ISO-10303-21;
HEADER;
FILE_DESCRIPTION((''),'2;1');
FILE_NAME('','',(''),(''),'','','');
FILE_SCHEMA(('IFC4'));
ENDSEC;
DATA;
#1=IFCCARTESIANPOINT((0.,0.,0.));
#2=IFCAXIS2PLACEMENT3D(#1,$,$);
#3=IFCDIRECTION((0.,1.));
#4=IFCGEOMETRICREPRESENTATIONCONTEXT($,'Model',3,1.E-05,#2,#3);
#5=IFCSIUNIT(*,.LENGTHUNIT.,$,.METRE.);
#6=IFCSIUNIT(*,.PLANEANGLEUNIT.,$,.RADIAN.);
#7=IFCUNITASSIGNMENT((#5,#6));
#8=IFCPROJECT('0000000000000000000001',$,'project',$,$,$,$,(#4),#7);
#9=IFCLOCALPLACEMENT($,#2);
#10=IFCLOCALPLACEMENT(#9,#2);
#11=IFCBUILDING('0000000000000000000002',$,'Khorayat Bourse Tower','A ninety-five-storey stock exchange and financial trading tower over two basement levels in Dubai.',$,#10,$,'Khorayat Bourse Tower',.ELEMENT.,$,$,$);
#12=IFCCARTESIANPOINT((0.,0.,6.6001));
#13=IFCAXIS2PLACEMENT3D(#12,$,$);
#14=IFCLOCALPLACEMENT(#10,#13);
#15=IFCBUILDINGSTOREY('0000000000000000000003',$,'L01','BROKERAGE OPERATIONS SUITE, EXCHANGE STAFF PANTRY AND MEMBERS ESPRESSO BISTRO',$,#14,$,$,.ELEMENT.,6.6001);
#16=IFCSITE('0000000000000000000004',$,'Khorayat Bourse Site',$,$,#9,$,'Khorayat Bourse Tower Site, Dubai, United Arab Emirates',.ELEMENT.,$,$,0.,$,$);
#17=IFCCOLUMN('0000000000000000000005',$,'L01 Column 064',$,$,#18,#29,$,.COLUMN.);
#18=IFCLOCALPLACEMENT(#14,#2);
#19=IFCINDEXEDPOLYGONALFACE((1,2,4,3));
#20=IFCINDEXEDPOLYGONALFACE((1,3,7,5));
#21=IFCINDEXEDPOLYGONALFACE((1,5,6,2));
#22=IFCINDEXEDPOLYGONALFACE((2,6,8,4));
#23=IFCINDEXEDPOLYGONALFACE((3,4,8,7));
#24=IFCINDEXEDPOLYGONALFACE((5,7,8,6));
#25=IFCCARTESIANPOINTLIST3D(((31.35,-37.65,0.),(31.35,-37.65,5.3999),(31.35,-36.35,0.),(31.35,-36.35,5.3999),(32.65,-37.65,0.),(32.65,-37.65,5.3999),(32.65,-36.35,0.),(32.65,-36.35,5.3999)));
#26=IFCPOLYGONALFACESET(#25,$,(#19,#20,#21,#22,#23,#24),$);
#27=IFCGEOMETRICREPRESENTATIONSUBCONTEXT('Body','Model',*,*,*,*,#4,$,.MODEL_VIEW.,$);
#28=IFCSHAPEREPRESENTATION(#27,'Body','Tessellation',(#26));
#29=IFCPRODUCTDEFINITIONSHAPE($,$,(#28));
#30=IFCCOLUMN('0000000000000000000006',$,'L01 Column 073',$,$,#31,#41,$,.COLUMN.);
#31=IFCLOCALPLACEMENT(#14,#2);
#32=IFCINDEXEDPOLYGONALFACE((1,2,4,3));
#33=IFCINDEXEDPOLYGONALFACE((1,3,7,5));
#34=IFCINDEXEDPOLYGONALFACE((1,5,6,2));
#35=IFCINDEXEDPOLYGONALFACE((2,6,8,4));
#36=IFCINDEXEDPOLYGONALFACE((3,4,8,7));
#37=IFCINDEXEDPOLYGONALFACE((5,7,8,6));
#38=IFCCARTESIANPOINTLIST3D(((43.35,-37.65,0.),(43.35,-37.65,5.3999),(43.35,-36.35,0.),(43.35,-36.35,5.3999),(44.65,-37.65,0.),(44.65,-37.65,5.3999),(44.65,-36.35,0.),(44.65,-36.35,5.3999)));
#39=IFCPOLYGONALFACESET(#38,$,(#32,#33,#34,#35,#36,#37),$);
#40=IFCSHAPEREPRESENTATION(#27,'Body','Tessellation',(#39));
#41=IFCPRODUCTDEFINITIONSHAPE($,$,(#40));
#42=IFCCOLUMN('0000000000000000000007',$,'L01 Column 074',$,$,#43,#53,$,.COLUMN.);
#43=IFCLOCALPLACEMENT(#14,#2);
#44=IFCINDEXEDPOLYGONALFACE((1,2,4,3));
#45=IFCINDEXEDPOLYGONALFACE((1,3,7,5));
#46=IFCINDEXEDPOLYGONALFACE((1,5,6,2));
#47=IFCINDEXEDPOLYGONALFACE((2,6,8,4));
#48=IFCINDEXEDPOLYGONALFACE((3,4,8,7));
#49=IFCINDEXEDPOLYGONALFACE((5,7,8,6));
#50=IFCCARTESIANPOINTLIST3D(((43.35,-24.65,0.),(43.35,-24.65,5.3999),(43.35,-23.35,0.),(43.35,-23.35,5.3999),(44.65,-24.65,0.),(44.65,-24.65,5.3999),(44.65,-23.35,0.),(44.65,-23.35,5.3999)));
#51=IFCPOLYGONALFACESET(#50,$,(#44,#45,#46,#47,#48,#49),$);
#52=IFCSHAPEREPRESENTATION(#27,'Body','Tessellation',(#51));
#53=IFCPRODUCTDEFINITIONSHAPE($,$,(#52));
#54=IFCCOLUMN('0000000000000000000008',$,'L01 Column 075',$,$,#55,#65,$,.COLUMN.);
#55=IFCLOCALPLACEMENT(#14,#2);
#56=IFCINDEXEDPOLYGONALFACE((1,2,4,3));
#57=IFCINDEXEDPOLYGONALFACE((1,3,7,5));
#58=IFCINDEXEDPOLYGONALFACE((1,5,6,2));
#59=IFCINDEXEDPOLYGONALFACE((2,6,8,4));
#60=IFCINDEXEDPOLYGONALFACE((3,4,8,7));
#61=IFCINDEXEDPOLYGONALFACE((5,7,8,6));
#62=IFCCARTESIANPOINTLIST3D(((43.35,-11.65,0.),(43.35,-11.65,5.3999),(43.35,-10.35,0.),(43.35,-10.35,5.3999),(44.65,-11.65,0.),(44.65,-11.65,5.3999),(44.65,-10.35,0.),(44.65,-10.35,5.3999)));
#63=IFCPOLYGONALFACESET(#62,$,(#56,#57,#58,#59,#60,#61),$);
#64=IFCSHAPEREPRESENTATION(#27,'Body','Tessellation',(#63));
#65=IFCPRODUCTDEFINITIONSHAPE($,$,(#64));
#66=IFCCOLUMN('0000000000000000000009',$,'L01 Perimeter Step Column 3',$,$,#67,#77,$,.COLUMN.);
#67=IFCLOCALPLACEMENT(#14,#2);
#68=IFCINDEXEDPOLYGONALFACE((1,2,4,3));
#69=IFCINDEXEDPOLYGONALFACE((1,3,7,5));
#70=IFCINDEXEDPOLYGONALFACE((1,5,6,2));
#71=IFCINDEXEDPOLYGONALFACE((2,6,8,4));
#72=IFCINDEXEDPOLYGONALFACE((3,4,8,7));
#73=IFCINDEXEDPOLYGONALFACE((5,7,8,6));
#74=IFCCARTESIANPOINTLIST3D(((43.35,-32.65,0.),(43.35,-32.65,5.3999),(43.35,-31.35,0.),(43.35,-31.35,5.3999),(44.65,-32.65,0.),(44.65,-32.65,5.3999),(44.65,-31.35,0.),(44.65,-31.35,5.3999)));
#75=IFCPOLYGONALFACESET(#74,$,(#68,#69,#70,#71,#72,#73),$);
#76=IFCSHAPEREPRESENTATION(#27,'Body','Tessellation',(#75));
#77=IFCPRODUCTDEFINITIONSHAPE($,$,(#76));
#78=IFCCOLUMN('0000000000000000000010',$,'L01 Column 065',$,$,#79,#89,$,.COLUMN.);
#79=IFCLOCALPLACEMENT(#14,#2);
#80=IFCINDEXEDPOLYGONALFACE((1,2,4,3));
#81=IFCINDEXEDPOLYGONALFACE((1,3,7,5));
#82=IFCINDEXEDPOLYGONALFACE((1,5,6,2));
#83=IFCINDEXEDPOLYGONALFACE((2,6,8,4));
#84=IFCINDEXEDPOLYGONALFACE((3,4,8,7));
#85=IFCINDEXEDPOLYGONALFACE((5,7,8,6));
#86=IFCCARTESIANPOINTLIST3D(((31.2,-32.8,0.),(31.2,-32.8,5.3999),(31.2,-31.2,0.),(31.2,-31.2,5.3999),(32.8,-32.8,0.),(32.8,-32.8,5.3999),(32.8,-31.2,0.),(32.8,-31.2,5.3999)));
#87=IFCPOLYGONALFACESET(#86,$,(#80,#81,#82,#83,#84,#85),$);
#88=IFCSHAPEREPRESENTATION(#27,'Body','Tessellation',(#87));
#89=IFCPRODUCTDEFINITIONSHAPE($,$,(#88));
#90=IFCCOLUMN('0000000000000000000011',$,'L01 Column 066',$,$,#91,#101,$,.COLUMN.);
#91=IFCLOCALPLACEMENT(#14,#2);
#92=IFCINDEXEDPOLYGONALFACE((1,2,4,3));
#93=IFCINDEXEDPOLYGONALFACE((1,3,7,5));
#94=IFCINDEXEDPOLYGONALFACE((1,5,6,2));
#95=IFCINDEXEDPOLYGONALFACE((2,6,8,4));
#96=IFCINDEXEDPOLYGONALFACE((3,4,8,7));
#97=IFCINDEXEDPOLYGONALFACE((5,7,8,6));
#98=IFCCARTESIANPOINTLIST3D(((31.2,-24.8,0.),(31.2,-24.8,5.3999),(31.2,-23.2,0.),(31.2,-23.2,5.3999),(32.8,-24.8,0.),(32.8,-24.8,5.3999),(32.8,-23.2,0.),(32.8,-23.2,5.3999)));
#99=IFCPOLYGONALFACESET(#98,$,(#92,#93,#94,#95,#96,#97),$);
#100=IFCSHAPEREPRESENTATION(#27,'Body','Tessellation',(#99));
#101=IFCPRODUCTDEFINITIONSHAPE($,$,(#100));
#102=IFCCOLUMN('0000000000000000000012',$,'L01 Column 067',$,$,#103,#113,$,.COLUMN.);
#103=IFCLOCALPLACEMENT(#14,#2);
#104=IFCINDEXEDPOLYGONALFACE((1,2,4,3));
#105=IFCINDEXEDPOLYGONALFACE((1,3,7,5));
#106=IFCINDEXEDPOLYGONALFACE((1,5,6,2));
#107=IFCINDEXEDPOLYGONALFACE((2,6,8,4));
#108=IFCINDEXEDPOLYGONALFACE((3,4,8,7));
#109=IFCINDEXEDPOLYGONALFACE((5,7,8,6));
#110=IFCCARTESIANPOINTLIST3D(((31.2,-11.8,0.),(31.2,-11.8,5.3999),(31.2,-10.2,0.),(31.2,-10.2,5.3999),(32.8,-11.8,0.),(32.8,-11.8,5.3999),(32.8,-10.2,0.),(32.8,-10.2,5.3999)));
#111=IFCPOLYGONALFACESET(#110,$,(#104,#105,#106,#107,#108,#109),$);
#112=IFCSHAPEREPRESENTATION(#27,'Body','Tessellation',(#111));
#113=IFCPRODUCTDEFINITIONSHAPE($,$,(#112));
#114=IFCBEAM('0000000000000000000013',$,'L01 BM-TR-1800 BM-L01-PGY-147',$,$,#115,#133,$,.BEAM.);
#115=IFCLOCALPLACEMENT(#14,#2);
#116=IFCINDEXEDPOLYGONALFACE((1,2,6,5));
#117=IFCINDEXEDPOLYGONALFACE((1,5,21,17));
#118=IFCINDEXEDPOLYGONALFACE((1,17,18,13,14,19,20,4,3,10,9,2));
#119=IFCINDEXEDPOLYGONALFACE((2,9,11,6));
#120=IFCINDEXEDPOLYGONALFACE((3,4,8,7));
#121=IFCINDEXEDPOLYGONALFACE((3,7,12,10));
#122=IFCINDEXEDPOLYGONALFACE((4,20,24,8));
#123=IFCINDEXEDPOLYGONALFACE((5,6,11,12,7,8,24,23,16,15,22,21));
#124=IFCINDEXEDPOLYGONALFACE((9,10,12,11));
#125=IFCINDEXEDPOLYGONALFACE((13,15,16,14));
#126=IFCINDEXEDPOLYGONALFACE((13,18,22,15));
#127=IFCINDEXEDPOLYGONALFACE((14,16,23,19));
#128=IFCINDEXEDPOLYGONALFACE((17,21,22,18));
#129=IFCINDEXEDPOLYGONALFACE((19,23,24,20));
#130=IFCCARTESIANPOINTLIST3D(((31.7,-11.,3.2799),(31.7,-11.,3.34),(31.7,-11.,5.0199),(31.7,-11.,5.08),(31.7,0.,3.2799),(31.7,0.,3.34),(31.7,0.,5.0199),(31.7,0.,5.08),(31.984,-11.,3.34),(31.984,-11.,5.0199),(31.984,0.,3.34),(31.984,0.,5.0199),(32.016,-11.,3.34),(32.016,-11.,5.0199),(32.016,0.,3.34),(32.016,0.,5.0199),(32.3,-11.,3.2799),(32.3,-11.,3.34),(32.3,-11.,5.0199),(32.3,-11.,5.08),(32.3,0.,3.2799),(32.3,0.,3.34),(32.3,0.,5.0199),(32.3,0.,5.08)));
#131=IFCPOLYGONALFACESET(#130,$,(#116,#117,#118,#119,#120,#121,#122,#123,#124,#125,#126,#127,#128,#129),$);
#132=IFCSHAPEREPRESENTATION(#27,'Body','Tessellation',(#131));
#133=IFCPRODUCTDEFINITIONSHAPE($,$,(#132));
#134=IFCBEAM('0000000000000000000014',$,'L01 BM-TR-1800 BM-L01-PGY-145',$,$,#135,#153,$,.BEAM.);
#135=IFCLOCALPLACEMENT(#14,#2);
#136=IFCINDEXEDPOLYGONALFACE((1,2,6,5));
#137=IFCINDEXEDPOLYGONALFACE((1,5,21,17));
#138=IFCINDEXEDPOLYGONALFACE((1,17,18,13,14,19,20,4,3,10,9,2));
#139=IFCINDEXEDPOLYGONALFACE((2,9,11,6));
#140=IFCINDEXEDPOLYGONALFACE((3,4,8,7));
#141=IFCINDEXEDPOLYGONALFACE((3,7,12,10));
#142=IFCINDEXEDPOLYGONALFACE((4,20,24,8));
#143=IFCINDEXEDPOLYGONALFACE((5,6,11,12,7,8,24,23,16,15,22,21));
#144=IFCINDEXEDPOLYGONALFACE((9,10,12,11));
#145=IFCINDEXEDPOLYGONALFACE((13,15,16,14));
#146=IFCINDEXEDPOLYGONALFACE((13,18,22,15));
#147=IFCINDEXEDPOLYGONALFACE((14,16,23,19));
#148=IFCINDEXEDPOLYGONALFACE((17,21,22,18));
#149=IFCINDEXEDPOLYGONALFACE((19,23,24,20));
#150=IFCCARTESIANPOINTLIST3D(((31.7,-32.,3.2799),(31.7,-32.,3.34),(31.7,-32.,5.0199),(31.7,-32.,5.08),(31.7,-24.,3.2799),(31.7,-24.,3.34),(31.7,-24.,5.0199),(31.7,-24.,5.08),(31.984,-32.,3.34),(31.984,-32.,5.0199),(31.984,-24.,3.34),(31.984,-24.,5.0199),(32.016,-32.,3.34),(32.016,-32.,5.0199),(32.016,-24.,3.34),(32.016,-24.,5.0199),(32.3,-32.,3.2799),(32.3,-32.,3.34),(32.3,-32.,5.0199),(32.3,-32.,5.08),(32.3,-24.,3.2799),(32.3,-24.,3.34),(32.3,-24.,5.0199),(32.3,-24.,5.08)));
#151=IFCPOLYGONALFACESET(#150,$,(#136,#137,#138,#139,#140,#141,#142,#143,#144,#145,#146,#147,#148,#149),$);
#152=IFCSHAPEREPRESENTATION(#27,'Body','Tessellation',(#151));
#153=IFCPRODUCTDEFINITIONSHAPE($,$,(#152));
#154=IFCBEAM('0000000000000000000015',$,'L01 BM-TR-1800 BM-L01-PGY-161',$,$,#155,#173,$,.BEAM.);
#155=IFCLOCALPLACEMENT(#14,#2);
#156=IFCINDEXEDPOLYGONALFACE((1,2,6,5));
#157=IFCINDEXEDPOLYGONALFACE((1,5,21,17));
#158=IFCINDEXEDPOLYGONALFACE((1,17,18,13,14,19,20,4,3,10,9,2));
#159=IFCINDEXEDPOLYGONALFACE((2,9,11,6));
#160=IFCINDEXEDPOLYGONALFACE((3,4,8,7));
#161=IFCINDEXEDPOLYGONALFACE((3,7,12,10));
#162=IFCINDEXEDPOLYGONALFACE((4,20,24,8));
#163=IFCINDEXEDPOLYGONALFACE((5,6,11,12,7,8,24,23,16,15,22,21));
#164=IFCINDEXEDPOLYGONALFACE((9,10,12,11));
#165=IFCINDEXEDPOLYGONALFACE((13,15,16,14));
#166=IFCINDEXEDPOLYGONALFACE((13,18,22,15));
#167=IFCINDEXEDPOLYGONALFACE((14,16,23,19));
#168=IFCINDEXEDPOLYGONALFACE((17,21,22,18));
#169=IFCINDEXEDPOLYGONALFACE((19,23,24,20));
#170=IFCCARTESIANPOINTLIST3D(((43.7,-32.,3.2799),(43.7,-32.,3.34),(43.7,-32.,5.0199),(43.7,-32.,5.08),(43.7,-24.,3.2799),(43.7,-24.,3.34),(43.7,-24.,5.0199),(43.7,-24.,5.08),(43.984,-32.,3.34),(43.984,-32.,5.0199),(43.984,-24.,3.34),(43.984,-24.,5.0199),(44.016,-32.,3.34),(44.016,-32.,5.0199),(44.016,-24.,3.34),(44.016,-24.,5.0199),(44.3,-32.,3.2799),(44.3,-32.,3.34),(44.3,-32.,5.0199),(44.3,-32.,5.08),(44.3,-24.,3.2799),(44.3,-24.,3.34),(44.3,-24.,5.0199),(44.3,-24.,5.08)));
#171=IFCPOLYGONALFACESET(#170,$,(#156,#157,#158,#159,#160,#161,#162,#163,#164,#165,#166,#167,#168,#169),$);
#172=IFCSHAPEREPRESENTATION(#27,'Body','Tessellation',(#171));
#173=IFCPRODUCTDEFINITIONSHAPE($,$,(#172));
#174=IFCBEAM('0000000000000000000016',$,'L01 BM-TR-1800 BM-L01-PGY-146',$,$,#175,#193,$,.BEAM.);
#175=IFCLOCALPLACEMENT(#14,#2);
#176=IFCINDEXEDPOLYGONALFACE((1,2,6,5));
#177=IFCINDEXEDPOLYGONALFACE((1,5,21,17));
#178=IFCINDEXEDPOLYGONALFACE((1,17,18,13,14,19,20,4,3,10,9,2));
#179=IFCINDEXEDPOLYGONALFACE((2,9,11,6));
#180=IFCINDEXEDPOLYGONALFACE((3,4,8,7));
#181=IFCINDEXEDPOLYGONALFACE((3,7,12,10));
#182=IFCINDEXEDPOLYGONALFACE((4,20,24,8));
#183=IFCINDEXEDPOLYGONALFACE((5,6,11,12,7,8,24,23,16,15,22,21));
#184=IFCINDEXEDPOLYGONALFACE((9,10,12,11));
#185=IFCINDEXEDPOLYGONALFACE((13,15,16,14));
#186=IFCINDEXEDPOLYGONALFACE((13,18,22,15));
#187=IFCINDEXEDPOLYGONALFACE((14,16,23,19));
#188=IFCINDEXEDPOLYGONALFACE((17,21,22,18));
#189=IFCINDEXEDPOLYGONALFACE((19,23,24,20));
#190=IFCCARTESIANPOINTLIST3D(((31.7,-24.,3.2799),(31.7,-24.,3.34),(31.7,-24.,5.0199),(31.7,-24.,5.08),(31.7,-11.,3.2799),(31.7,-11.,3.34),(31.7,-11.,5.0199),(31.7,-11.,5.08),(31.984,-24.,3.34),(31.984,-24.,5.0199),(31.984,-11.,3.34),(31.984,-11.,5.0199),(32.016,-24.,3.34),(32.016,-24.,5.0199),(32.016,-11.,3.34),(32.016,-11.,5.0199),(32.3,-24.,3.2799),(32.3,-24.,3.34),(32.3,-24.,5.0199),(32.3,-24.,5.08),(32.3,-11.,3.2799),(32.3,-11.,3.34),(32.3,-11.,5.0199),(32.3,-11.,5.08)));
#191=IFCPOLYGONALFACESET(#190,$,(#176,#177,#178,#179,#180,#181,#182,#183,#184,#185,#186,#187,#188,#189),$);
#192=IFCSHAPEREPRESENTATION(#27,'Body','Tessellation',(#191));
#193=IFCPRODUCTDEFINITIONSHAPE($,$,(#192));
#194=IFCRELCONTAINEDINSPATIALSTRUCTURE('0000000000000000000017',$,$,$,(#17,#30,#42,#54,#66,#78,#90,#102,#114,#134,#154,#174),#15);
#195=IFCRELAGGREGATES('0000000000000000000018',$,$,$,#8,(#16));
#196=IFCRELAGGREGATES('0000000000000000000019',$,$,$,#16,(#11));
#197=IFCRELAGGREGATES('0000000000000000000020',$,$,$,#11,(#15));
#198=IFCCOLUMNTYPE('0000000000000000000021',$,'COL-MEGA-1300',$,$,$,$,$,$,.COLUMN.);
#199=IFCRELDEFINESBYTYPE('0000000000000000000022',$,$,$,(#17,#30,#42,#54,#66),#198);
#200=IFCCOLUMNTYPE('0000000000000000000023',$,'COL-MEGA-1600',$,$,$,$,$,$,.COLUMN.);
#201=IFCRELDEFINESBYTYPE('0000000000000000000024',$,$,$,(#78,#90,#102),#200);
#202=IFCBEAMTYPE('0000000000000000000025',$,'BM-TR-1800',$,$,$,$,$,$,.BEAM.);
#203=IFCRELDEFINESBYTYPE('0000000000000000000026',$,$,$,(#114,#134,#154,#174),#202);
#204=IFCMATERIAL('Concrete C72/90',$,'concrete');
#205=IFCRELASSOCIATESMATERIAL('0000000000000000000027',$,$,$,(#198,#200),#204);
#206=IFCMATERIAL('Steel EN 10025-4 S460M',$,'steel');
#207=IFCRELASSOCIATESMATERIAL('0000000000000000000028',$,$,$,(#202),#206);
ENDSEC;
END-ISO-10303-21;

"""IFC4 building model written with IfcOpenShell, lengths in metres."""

from ifc_helpers import new_model, si_unit, direction, frame, origin, origin_2d, place, context, subcontext, project, spatial, rectangle, i_section, extrude, source, transform, mapped, material, material_profile, profile_set, type_object, element, save


model = new_model("IFC4")

# Units and contexts
model_context = context("Model", 3, precision=1e-05, world=origin(), true_north=direction((0.0, 1.0)))
body_context = subcontext(model_context, "Body", "Model", "MODEL_VIEW")
ifc_project = project(units=[si_unit("LENGTHUNIT", "METRE"), si_unit("PLANEANGLEUNIT", "RADIAN")], contexts=[model_context])

# Site, building, storey
site_placement = place(None, origin())
site = spatial("IfcSite", under=ifc_project, at=site_placement, Name="Khorayat Bourse Site", LongName="Khorayat Bourse Tower Site, Dubai, United Arab Emirates", CompositionType="ELEMENT", RefElevation=0.0)
building_placement = place(site_placement, origin())
building = spatial("IfcBuilding", under=site, at=building_placement, Name="Khorayat Bourse Tower", Description="A ninety-five-storey stock exchange and financial trading tower over two basement levels in Dubai.", LongName="Khorayat Bourse Tower", CompositionType="ELEMENT")
storey_placement = place(building_placement, frame((0.0, 0.0, 6.6001)))
storey = spatial("IfcBuildingStorey", under=building, at=storey_placement, Name="L01", Description="BROKERAGE OPERATIONS SUITE, EXCHANGE STAFF PANTRY AND MEMBERS ESPRESSO BISTRO", CompositionType="ELEMENT", Elevation=6.6001)

# Columns
ifc_material_1 = material(Name="Concrete C72/90", Category="concrete")
ifc_material_profile_1 = material_profile(ifc_material_1, rectangle(XDim=1.3, YDim=1.3, at=origin_2d()), Name="RC 1300x1300")
ifc_profile_set_1 = profile_set([ifc_material_profile_1], Name="Concrete C72/90")
column_type_1 = type_object("IfcColumnType", Name="COL-MEGA-1300", PredefinedType="COLUMN", material=ifc_profile_set_1)
shared_shape_1 = source(origin(), body_context, "Body", "SweptSolid", [
    extrude(rectangle(XDim=1.3, YDim=1.3, at=origin_2d()), origin(), (0.0, 0.0, 1.0), 5.3999),
])
for number, where, z_axis, x_axis, name in (
    (1, (32.0, -37.0, 0.0), (0.0, 0.0, 1.0), (1.0, 0.0, 0.0), "L01 Column 064"),
    (2, (44.0, -37.0, 0.0), (0.0, 0.0, 1.0), (1.0, 0.0, 0.0), "L01 Column 073"),
    (3, (44.0, -24.0, 0.0), (0.0, 0.0, 1.0), (1.0, 0.0, 0.0), "L01 Column 074"),
    (4, (44.0, -11.0, 0.0), (0.0, 0.0, 1.0), (1.0, 0.0, 0.0), "L01 Column 075"),
    (5, (44.0, -32.0, 0.0), (0.0, 0.0, 1.0), (1.0, 0.0, 0.0), "L01 Perimeter Step Column 3"),
):
    element("IfcColumn", number, at=place(storey_placement, frame(where, z_axis=z_axis, x_axis=x_axis)), inside=storey, type_object=column_type_1, Name=name, PredefinedType="COLUMN", context=body_context, shape_type="MappedRepresentation", body=[
        mapped(shared_shape_1, transform((0.0, 0.0, 0.0), scale=1.0)),
    ])
ifc_material_profile_2 = material_profile(ifc_material_1, rectangle(XDim=1.6001, YDim=1.6001, at=origin_2d()), Name="RC 1600x1600")
ifc_profile_set_2 = profile_set([ifc_material_profile_2], Name="Concrete C72/90")
column_type_2 = type_object("IfcColumnType", Name="COL-MEGA-1600", PredefinedType="COLUMN", material=ifc_profile_set_2)
shared_shape_2 = source(origin(), body_context, "Body", "SweptSolid", [
    extrude(rectangle(XDim=1.6001, YDim=1.6001, at=origin_2d()), origin(), (0.0, 0.0, 1.0), 5.3999),
])
for number, where, z_axis, x_axis, name in (
    (6, (32.0, -32.0, 0.0), (0.0, 0.0, 1.0), (1.0, 0.0, 0.0), "L01 Column 065"),
    (7, (32.0, -24.0, 0.0), (0.0, 0.0, 1.0), (1.0, 0.0, 0.0), "L01 Column 066"),
    (8, (32.0, -11.0, 0.0), (0.0, 0.0, 1.0), (1.0, 0.0, 0.0), "L01 Column 067"),
):
    element("IfcColumn", number, at=place(storey_placement, frame(where, z_axis=z_axis, x_axis=x_axis)), inside=storey, type_object=column_type_2, Name=name, PredefinedType="COLUMN", context=body_context, shape_type="MappedRepresentation", body=[
        mapped(shared_shape_2, transform((0.0, 0.0, 0.0), scale=1.0)),
    ])

# Beams
ifc_material_2 = material(Name="Steel EN 10025-4 S460M", Category="steel")
ifc_material_profile_3 = material_profile(ifc_material_2, i_section(OverallWidth=0.6001, OverallDepth=1.8, WebThickness=0.032, FlangeThickness=0.0601, at=origin_2d()), Name="PG 1800x600x32x60")
ifc_profile_set_3 = profile_set([ifc_material_profile_3], Name="Steel EN 10025-4 S460M")
beam_type_1 = type_object("IfcBeamType", Name="BM-TR-1800", PredefinedType="BEAM", material=ifc_profile_set_3)
shared_shape_3 = source(origin(), body_context, "Body", "SweptSolid", [
    extrude(i_section(OverallWidth=0.6001, OverallDepth=1.8, WebThickness=0.032, FlangeThickness=0.0601, at=origin_2d()), origin(), (0.0, 0.0, 1.0), 11.0),
])
beam_1_placement = place(storey_placement, frame((32.0, -11.0, 4.1799), z_axis=(0.0, 1.0, 0.0), x_axis=(-1.0, 0.0, 0.0)))
element("IfcBeam", 9, at=beam_1_placement, inside=storey, type_object=beam_type_1, Name="L01 BM-TR-1800 BM-L01-PGY-147", PredefinedType="BEAM", context=body_context, shape_type="MappedRepresentation", body=[
    mapped(shared_shape_3, transform((0.0, 0.0, 0.0), scale=1.0)),
])
shared_shape_4 = source(origin(), body_context, "Body", "SweptSolid", [
    extrude(i_section(OverallWidth=0.6001, OverallDepth=1.8, WebThickness=0.032, FlangeThickness=0.0601, at=origin_2d()), origin(), (0.0, 0.0, 1.0), 8.0),
])
for number, where, z_axis, x_axis, name in (
    (10, (32.0, -32.0, 4.1799), (0.0, 1.0, 0.0), (-1.0, 0.0, 0.0), "L01 BM-TR-1800 BM-L01-PGY-145"),
    (11, (44.0, -32.0, 4.1799), (0.0, 1.0, 0.0), (-1.0, 0.0, 0.0), "L01 BM-TR-1800 BM-L01-PGY-161"),
):
    element("IfcBeam", number, at=place(storey_placement, frame(where, z_axis=z_axis, x_axis=x_axis)), inside=storey, type_object=beam_type_1, Name=name, PredefinedType="BEAM", context=body_context, shape_type="MappedRepresentation", body=[
        mapped(shared_shape_4, transform((0.0, 0.0, 0.0), scale=1.0)),
    ])
shared_shape_5 = source(origin(), body_context, "Body", "SweptSolid", [
    extrude(i_section(OverallWidth=0.6001, OverallDepth=1.8, WebThickness=0.032, FlangeThickness=0.0601, at=origin_2d()), origin(), (0.0, 0.0, 1.0), 13.0),
])
for number, where, z_axis, x_axis, name in (
    (12, (32.0, -24.0, 4.1799), (0.0, 1.0, 0.0), (-1.0, 0.0, 0.0), "L01 BM-TR-1800 BM-L01-PGY-146"),
):
    element("IfcBeam", number, at=place(storey_placement, frame(where, z_axis=z_axis, x_axis=x_axis)), inside=storey, type_object=beam_type_1, Name=name, PredefinedType="BEAM", context=body_context, shape_type="MappedRepresentation", body=[
        mapped(shared_shape_5, transform((0.0, 0.0, 0.0), scale=1.0)),
    ])

save(model, "model.ifc")
